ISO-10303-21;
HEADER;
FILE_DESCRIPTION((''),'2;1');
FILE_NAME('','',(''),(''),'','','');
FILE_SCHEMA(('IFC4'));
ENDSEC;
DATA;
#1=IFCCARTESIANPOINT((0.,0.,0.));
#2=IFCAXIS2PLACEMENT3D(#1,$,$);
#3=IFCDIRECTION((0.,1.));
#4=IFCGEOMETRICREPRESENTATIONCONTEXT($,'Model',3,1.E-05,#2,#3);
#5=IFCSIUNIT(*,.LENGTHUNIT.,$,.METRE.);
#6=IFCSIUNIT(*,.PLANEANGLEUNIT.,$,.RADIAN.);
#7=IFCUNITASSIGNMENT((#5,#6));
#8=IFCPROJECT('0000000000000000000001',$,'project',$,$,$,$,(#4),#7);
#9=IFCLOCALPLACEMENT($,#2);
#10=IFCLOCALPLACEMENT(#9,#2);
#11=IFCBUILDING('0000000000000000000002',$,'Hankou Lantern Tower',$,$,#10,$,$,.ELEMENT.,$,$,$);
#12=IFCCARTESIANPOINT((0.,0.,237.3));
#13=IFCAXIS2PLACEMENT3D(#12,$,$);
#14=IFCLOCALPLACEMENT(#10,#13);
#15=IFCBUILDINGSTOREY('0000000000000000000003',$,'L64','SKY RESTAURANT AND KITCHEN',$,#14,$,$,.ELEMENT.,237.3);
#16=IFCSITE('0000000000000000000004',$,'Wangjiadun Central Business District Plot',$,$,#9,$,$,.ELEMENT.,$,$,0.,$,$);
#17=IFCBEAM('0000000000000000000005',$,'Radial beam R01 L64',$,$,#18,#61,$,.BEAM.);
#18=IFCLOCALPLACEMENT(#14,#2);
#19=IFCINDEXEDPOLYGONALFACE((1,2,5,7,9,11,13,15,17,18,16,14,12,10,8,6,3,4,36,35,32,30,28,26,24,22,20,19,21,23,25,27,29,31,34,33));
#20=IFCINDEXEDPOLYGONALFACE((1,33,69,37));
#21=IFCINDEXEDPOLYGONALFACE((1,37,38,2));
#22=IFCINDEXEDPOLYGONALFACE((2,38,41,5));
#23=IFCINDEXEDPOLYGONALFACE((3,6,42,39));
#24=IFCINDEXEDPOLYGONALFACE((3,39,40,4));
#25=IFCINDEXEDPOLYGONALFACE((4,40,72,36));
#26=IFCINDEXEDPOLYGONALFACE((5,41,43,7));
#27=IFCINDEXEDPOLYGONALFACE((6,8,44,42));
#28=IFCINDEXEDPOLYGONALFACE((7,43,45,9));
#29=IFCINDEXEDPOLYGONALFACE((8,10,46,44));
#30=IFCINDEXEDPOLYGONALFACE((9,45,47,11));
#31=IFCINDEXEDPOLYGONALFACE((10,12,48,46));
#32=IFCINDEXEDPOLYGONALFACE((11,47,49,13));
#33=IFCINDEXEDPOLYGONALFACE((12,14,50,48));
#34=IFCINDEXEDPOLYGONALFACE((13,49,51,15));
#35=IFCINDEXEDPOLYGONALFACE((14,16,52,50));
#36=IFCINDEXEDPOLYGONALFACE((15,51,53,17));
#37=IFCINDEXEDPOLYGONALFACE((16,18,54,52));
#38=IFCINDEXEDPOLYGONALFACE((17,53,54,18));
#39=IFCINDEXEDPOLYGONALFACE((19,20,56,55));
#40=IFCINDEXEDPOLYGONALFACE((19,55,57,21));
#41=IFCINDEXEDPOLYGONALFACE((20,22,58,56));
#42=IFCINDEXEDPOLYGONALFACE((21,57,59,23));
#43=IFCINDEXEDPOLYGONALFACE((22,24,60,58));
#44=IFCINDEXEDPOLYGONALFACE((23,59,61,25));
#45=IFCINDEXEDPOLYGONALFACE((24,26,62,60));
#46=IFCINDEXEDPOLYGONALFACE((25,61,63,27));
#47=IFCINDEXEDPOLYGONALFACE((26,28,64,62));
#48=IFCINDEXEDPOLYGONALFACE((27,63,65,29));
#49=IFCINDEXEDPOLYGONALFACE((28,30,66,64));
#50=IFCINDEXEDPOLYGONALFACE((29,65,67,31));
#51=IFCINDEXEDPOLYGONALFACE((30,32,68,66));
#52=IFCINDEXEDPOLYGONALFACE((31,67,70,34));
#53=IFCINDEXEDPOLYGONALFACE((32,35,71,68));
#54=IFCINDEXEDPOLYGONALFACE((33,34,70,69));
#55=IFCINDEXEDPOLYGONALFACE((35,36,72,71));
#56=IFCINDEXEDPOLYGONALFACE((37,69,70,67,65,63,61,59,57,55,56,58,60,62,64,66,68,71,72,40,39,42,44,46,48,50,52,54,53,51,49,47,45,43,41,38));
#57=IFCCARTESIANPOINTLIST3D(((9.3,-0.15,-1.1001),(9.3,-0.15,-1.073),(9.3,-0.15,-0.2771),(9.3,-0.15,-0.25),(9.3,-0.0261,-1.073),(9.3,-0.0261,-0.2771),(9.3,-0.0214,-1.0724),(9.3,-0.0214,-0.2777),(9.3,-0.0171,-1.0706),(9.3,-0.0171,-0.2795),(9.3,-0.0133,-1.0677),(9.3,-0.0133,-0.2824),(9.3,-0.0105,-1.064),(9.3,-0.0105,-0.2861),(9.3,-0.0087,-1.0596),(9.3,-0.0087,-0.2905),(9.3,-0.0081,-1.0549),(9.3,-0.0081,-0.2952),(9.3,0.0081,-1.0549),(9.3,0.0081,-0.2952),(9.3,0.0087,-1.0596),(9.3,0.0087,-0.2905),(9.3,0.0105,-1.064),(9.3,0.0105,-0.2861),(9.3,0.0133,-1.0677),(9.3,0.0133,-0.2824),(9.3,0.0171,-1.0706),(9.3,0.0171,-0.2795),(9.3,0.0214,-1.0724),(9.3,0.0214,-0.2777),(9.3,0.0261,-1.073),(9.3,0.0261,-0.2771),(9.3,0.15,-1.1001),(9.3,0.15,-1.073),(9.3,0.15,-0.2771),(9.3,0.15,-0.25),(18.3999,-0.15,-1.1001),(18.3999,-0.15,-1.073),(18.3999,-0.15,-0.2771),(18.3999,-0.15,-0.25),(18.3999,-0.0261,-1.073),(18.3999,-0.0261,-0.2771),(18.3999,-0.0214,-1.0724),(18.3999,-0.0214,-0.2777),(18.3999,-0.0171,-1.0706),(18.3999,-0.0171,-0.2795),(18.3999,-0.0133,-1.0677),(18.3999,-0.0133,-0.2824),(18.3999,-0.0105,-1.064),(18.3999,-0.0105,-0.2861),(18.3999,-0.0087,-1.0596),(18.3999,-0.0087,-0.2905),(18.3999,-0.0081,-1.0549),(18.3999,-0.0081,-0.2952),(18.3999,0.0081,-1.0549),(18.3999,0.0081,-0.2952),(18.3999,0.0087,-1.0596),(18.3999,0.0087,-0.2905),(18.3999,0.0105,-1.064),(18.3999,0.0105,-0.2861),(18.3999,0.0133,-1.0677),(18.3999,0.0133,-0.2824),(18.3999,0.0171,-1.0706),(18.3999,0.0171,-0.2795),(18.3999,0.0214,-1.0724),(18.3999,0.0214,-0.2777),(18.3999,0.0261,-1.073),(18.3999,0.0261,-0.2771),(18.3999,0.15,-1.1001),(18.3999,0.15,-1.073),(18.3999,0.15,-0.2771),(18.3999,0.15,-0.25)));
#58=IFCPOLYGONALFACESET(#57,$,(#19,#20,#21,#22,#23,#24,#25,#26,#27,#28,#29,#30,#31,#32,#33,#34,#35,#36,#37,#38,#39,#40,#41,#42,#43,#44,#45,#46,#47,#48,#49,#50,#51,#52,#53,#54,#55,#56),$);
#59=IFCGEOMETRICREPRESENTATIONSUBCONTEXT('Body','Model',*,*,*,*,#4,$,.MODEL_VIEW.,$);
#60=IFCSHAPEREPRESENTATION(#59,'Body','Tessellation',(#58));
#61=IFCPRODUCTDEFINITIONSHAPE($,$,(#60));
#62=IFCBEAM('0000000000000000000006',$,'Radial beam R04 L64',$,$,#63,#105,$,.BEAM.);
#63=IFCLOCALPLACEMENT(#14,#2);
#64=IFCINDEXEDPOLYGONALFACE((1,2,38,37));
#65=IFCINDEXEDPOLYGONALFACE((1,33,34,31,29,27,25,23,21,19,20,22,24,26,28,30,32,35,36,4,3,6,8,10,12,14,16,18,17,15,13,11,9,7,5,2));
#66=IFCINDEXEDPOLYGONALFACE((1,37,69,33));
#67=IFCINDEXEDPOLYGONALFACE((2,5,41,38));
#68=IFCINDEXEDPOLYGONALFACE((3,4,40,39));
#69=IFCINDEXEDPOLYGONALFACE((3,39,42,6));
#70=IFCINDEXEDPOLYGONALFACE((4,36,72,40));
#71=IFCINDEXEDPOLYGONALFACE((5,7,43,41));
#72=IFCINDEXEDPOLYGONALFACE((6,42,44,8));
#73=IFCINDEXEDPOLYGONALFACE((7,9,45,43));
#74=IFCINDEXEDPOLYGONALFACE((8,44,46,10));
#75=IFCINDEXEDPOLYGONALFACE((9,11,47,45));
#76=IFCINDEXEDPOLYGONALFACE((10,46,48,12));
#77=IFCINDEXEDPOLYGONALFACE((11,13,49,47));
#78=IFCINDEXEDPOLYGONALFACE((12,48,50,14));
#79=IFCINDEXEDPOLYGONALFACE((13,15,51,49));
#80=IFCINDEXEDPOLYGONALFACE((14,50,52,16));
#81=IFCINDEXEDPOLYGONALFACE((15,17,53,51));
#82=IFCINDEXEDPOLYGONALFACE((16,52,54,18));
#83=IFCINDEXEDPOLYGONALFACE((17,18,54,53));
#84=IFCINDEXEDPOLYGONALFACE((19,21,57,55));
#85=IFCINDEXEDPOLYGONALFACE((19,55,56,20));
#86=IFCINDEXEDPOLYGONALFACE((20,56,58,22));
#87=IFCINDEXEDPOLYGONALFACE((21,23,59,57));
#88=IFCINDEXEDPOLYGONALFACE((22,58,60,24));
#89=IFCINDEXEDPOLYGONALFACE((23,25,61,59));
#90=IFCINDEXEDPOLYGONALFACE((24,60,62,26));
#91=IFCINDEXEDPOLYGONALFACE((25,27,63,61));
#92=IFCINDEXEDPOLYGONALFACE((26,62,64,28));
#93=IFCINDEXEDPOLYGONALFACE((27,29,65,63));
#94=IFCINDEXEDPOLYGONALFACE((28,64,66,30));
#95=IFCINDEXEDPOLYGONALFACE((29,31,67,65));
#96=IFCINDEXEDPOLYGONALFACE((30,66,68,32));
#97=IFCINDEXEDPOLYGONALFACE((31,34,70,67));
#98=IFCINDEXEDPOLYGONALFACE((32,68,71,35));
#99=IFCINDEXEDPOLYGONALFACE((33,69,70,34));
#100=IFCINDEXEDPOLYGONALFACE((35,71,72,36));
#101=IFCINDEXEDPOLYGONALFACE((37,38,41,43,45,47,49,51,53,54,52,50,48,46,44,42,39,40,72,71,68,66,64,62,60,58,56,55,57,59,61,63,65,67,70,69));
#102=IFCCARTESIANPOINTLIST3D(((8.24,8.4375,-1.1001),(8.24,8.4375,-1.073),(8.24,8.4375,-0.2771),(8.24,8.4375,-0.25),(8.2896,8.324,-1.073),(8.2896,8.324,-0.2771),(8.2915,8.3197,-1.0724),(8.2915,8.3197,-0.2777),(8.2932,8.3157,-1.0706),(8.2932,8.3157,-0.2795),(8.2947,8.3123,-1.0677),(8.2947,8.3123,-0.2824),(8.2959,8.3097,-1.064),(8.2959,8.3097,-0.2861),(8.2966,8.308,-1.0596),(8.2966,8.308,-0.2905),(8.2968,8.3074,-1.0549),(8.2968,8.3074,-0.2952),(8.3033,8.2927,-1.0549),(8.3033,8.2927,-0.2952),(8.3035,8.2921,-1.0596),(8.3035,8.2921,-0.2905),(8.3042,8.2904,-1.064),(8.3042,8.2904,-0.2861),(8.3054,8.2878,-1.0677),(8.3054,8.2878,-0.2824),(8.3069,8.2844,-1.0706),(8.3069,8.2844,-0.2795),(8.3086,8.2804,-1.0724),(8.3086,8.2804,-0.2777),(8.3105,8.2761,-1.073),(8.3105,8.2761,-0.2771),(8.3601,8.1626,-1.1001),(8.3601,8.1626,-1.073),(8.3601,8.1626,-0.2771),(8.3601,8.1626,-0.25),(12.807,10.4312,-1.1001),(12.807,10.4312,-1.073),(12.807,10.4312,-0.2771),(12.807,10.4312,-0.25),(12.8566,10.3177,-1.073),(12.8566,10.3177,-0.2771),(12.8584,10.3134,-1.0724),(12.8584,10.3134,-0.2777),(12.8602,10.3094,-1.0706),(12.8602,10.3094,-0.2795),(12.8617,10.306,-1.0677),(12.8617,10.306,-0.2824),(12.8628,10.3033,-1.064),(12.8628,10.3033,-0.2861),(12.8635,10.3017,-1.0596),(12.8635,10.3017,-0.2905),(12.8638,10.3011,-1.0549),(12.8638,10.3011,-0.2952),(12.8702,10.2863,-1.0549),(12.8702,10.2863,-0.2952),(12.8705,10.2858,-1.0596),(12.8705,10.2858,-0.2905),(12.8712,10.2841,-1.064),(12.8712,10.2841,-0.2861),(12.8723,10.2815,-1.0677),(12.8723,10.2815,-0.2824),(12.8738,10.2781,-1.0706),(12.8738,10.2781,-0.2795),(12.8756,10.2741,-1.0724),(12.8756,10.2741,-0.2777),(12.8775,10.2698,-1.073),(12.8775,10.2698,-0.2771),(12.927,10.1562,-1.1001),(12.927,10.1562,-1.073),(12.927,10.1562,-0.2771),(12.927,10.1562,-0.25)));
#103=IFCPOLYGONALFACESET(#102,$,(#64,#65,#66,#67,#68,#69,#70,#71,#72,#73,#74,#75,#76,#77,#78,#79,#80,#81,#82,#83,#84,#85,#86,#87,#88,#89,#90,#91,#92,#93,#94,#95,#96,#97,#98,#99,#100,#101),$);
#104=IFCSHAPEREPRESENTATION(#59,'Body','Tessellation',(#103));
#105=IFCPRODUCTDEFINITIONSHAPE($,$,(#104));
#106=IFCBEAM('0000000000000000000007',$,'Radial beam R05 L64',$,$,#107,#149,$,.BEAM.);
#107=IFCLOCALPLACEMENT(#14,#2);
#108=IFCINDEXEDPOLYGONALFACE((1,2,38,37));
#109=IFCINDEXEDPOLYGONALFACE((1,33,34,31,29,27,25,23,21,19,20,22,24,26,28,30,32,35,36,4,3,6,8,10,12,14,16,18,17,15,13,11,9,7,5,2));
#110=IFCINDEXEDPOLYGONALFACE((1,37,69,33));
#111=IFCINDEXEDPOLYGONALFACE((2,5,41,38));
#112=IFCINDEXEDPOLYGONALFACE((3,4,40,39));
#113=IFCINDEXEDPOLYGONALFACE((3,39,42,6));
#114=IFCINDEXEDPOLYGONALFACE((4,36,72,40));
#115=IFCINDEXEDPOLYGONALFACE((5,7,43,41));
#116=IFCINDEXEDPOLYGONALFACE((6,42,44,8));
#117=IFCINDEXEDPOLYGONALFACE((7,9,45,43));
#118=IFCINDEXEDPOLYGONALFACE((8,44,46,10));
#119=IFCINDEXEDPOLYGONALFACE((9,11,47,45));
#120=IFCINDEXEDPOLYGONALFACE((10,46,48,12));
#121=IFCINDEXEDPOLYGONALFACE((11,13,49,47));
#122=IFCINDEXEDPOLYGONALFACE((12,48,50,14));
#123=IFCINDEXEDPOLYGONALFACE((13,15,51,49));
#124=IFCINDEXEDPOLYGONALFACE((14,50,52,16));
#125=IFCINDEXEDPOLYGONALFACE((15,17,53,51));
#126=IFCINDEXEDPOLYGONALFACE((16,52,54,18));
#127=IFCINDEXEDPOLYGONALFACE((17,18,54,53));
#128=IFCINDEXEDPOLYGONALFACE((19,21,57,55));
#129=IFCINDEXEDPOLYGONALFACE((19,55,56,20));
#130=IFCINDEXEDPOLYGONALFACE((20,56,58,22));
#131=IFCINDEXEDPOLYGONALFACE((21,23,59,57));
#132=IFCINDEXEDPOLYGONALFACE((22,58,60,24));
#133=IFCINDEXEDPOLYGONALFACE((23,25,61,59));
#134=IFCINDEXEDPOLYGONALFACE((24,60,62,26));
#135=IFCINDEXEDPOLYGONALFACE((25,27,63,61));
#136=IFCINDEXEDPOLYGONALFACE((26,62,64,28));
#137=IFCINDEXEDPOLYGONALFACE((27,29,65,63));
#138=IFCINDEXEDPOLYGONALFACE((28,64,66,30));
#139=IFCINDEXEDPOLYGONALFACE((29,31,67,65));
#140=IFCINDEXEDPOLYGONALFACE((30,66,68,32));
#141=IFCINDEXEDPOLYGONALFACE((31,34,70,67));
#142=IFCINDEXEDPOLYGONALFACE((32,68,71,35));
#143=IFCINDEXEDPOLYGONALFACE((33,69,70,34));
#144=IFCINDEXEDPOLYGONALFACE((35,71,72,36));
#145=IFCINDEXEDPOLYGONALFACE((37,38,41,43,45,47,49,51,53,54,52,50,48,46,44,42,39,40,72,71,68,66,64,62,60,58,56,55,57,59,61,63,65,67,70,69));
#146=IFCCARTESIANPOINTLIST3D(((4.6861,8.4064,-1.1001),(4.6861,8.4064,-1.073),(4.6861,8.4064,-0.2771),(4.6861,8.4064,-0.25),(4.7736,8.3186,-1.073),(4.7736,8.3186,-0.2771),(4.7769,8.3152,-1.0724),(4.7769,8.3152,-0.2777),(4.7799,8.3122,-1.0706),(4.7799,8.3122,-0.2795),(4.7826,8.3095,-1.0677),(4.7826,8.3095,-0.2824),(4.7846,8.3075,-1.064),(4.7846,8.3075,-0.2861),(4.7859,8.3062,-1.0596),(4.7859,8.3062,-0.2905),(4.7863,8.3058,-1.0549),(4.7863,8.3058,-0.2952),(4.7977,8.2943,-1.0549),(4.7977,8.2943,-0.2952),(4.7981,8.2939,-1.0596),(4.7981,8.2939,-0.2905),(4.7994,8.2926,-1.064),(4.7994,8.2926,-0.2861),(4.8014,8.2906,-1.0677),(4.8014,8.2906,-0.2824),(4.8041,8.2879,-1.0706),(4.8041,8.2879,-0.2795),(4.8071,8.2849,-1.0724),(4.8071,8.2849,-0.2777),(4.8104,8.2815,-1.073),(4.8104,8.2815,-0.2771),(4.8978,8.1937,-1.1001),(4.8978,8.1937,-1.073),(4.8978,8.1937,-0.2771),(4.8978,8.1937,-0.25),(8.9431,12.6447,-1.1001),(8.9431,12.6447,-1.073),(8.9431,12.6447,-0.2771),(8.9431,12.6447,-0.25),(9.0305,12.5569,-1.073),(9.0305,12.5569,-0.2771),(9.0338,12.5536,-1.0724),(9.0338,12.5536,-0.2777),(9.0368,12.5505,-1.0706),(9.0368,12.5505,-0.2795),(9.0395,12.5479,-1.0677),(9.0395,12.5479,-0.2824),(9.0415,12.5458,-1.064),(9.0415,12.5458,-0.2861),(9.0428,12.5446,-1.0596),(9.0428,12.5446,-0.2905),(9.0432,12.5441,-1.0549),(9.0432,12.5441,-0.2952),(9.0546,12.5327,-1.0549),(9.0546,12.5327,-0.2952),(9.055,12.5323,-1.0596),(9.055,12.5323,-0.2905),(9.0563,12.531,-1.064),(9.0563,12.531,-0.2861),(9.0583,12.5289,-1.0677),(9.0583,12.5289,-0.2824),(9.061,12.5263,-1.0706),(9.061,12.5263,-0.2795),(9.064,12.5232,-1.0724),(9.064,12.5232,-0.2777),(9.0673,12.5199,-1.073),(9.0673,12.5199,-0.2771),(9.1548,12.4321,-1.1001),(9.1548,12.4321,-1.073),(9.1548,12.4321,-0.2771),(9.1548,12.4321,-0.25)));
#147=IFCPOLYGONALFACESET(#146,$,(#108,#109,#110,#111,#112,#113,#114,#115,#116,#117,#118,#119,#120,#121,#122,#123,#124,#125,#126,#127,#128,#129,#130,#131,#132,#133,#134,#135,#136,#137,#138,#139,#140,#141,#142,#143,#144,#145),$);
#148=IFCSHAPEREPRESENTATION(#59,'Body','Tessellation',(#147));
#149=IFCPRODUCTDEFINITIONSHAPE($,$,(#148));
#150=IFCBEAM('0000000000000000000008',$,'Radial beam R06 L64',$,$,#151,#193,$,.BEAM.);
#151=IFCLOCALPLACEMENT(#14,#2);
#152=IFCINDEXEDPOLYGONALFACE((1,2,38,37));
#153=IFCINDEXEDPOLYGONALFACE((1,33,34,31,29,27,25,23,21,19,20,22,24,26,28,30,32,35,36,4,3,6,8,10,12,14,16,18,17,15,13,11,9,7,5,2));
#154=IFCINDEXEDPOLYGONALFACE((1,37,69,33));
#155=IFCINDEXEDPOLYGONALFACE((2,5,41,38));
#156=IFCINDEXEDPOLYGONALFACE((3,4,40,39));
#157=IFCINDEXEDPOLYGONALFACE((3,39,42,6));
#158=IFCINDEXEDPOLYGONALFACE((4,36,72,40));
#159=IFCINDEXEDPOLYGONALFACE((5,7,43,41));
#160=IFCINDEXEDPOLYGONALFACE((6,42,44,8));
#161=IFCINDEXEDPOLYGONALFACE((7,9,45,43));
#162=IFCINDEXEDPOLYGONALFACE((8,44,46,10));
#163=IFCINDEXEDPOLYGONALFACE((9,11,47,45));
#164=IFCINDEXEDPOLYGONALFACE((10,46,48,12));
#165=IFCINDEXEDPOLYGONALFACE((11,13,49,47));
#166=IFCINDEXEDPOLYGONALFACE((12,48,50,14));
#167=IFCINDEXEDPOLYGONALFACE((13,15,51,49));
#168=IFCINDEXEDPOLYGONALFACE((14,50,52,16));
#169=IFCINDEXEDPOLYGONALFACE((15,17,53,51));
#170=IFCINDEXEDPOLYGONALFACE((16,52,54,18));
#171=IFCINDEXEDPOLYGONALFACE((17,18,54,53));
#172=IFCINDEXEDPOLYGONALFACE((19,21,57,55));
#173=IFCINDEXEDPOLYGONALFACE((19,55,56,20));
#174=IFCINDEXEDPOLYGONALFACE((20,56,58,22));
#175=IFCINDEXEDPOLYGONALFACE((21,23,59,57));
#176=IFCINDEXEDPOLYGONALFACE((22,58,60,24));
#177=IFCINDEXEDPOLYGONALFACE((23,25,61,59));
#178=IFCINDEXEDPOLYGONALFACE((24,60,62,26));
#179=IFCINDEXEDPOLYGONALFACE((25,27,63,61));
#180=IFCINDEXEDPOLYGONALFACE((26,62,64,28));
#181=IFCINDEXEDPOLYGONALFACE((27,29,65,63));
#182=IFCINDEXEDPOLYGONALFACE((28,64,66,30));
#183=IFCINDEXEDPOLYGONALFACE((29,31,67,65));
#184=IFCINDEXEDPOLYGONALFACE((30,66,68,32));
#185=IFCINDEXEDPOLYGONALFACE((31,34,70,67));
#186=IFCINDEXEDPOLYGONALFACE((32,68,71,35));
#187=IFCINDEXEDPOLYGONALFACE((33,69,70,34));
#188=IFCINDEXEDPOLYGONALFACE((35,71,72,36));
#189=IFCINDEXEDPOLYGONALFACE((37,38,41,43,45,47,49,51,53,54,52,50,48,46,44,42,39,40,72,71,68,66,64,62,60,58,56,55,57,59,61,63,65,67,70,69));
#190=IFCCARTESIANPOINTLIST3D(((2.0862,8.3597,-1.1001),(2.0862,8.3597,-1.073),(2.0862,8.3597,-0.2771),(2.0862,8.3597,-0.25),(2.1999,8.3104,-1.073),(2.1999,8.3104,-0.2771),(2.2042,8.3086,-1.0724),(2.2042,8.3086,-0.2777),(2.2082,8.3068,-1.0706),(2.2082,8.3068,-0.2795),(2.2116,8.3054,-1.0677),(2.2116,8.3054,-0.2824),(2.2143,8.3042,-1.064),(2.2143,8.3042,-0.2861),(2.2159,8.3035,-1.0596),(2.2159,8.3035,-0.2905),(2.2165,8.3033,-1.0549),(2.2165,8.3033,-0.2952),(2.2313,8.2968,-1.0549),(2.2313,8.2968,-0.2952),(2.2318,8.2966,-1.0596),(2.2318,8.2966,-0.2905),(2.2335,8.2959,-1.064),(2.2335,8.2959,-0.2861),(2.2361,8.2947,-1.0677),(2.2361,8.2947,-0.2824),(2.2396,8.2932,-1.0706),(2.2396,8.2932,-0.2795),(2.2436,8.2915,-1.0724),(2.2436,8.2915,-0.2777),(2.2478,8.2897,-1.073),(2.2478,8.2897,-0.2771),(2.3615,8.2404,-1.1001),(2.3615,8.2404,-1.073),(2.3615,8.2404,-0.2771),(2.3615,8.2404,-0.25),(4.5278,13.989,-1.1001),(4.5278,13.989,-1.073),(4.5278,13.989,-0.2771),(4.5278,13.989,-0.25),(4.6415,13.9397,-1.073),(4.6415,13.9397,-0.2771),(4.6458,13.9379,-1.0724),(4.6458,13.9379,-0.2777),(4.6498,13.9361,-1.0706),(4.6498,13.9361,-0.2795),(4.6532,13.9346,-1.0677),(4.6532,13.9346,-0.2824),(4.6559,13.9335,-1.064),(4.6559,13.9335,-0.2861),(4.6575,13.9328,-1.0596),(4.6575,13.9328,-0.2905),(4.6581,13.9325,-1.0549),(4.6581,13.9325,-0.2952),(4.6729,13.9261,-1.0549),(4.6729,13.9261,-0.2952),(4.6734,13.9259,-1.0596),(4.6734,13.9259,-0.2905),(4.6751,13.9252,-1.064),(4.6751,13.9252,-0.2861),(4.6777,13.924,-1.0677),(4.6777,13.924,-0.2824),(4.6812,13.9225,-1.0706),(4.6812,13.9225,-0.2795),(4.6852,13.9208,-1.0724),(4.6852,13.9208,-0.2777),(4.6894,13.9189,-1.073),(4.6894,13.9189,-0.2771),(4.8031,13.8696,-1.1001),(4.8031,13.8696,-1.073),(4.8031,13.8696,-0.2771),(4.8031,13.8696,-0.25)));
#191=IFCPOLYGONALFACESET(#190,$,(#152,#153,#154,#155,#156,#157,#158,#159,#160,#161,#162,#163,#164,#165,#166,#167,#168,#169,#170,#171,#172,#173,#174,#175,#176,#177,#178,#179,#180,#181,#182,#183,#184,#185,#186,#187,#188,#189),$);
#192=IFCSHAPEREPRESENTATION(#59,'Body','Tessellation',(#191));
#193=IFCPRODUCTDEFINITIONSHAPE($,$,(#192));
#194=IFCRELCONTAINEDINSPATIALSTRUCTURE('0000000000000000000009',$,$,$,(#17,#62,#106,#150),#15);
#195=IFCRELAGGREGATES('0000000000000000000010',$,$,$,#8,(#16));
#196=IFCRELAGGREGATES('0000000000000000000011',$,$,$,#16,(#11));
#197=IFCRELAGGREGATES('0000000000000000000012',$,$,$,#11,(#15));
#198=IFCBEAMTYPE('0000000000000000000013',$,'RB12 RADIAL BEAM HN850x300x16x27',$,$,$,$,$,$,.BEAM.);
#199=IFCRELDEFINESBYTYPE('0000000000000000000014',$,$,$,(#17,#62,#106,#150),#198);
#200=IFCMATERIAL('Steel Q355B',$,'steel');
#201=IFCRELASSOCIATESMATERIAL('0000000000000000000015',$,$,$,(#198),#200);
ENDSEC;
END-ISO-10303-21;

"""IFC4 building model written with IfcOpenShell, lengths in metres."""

from ifc_helpers import new_model, si_unit, direction, frame, origin, origin_2d, place, context, subcontext, project, spatial, i_section, extrude, material, material_profile, profile_set, type_object, element, save


model = new_model("IFC4")

# Units and contexts
model_context = context("Model", 3, precision=1e-05, world=origin(), true_north=direction((0.0, 1.0)))
body_context = subcontext(model_context, "Body", "Model", "MODEL_VIEW")
ifc_project = project(units=[si_unit("LENGTHUNIT", "METRE"), si_unit("PLANEANGLEUNIT", "RADIAN")], contexts=[model_context])

# Site, building, storey
site_placement = place(None, origin())
site = spatial("IfcSite", under=ifc_project, at=site_placement, Name="Wangjiadun Central Business District Plot", CompositionType="ELEMENT", RefElevation=0.0)
building_placement = place(site_placement, origin())
building = spatial("IfcBuilding", under=site, at=building_placement, Name="Hankou Lantern Tower", CompositionType="ELEMENT")
storey_placement = place(building_placement, frame((0.0, 0.0, 237.3)))
storey = spatial("IfcBuildingStorey", under=building, at=storey_placement, Name="L64", Description="SKY RESTAURANT AND KITCHEN", CompositionType="ELEMENT", Elevation=237.3)

# Beams
ifc_material_1 = material(Name="Steel Q355B", Category="steel")
ifc_material_profile_1 = material_profile(ifc_material_1, i_section(OverallWidth=0.3, OverallDepth=0.8501, WebThickness=0.0161, FlangeThickness=0.0271, FilletRadius=0.0181, at=origin_2d()), Name="HN850x300x16x27")
ifc_profile_set_1 = profile_set([ifc_material_profile_1], Name="Steel Q355B")
beam_type_1 = type_object("IfcBeamType", Name="RB12 RADIAL BEAM HN850x300x16x27", PredefinedType="BEAM", material=ifc_profile_set_1)
beam_1_placement = place(storey_placement, frame((9.3, 0.0, -0.675), z_axis=(1.0, 0.0, 0.0), x_axis=(0.0, 1.0, 0.0)))
element("IfcBeam", 1, at=beam_1_placement, inside=storey, type_object=beam_type_1, Name="Radial beam R01 L64", PredefinedType="BEAM", context=body_context, shape_type="SweptSolid", body=[
    extrude(i_section(OverallWidth=0.3, OverallDepth=0.8501, WebThickness=0.0161, FlangeThickness=0.0271, FilletRadius=0.0181, at=origin_2d()), origin(), (0.0, 0.0, 1.0), 9.0999),
])
beam_2_placement = place(storey_placement, frame((8.3, 8.3, -0.675), z_axis=(0.916479, 0.400084, 0.0), x_axis=(-0.400084, 0.916479, 0.0)))
element("IfcBeam", 2, at=beam_2_placement, inside=storey, type_object=beam_type_1, Name="Radial beam R04 L64", PredefinedType="BEAM", context=body_context, shape_type="SweptSolid", body=[
    extrude(i_section(OverallWidth=0.3, OverallDepth=0.8501, WebThickness=0.0161, FlangeThickness=0.0271, FilletRadius=0.0181, at=origin_2d()), origin(), (0.0, 0.0, 1.0), 4.9832),
])
beam_3_placement = place(storey_placement, frame((4.792, 8.3, -0.675), z_axis=(0.70865, 0.705561, 0.0), x_axis=(-0.705561, 0.70865, 0.0)))
element("IfcBeam", 3, at=beam_3_placement, inside=storey, type_object=beam_type_1, Name="Radial beam R05 L64", PredefinedType="BEAM", context=body_context, shape_type="SweptSolid", body=[
    extrude(i_section(OverallWidth=0.3, OverallDepth=0.8501, WebThickness=0.0161, FlangeThickness=0.0271, FilletRadius=0.0181, at=origin_2d()), origin(), (0.0, 0.0, 1.0), 6.0071),
])
beam_4_placement = place(storey_placement, frame((2.2239, 8.3, -0.675), z_axis=(0.397916, 0.917422, 0.0), x_axis=(-0.917422, 0.397916, 0.0)))
element("IfcBeam", 4, at=beam_4_placement, inside=storey, type_object=beam_type_1, Name="Radial beam R06 L64", PredefinedType="BEAM", context=body_context, shape_type="SweptSolid", body=[
    extrude(i_section(OverallWidth=0.3, OverallDepth=0.8501, WebThickness=0.0161, FlangeThickness=0.0271, FilletRadius=0.0181, at=origin_2d()), origin(), (0.0, 0.0, 1.0), 6.136),
])

save(model, "model.ifc")
